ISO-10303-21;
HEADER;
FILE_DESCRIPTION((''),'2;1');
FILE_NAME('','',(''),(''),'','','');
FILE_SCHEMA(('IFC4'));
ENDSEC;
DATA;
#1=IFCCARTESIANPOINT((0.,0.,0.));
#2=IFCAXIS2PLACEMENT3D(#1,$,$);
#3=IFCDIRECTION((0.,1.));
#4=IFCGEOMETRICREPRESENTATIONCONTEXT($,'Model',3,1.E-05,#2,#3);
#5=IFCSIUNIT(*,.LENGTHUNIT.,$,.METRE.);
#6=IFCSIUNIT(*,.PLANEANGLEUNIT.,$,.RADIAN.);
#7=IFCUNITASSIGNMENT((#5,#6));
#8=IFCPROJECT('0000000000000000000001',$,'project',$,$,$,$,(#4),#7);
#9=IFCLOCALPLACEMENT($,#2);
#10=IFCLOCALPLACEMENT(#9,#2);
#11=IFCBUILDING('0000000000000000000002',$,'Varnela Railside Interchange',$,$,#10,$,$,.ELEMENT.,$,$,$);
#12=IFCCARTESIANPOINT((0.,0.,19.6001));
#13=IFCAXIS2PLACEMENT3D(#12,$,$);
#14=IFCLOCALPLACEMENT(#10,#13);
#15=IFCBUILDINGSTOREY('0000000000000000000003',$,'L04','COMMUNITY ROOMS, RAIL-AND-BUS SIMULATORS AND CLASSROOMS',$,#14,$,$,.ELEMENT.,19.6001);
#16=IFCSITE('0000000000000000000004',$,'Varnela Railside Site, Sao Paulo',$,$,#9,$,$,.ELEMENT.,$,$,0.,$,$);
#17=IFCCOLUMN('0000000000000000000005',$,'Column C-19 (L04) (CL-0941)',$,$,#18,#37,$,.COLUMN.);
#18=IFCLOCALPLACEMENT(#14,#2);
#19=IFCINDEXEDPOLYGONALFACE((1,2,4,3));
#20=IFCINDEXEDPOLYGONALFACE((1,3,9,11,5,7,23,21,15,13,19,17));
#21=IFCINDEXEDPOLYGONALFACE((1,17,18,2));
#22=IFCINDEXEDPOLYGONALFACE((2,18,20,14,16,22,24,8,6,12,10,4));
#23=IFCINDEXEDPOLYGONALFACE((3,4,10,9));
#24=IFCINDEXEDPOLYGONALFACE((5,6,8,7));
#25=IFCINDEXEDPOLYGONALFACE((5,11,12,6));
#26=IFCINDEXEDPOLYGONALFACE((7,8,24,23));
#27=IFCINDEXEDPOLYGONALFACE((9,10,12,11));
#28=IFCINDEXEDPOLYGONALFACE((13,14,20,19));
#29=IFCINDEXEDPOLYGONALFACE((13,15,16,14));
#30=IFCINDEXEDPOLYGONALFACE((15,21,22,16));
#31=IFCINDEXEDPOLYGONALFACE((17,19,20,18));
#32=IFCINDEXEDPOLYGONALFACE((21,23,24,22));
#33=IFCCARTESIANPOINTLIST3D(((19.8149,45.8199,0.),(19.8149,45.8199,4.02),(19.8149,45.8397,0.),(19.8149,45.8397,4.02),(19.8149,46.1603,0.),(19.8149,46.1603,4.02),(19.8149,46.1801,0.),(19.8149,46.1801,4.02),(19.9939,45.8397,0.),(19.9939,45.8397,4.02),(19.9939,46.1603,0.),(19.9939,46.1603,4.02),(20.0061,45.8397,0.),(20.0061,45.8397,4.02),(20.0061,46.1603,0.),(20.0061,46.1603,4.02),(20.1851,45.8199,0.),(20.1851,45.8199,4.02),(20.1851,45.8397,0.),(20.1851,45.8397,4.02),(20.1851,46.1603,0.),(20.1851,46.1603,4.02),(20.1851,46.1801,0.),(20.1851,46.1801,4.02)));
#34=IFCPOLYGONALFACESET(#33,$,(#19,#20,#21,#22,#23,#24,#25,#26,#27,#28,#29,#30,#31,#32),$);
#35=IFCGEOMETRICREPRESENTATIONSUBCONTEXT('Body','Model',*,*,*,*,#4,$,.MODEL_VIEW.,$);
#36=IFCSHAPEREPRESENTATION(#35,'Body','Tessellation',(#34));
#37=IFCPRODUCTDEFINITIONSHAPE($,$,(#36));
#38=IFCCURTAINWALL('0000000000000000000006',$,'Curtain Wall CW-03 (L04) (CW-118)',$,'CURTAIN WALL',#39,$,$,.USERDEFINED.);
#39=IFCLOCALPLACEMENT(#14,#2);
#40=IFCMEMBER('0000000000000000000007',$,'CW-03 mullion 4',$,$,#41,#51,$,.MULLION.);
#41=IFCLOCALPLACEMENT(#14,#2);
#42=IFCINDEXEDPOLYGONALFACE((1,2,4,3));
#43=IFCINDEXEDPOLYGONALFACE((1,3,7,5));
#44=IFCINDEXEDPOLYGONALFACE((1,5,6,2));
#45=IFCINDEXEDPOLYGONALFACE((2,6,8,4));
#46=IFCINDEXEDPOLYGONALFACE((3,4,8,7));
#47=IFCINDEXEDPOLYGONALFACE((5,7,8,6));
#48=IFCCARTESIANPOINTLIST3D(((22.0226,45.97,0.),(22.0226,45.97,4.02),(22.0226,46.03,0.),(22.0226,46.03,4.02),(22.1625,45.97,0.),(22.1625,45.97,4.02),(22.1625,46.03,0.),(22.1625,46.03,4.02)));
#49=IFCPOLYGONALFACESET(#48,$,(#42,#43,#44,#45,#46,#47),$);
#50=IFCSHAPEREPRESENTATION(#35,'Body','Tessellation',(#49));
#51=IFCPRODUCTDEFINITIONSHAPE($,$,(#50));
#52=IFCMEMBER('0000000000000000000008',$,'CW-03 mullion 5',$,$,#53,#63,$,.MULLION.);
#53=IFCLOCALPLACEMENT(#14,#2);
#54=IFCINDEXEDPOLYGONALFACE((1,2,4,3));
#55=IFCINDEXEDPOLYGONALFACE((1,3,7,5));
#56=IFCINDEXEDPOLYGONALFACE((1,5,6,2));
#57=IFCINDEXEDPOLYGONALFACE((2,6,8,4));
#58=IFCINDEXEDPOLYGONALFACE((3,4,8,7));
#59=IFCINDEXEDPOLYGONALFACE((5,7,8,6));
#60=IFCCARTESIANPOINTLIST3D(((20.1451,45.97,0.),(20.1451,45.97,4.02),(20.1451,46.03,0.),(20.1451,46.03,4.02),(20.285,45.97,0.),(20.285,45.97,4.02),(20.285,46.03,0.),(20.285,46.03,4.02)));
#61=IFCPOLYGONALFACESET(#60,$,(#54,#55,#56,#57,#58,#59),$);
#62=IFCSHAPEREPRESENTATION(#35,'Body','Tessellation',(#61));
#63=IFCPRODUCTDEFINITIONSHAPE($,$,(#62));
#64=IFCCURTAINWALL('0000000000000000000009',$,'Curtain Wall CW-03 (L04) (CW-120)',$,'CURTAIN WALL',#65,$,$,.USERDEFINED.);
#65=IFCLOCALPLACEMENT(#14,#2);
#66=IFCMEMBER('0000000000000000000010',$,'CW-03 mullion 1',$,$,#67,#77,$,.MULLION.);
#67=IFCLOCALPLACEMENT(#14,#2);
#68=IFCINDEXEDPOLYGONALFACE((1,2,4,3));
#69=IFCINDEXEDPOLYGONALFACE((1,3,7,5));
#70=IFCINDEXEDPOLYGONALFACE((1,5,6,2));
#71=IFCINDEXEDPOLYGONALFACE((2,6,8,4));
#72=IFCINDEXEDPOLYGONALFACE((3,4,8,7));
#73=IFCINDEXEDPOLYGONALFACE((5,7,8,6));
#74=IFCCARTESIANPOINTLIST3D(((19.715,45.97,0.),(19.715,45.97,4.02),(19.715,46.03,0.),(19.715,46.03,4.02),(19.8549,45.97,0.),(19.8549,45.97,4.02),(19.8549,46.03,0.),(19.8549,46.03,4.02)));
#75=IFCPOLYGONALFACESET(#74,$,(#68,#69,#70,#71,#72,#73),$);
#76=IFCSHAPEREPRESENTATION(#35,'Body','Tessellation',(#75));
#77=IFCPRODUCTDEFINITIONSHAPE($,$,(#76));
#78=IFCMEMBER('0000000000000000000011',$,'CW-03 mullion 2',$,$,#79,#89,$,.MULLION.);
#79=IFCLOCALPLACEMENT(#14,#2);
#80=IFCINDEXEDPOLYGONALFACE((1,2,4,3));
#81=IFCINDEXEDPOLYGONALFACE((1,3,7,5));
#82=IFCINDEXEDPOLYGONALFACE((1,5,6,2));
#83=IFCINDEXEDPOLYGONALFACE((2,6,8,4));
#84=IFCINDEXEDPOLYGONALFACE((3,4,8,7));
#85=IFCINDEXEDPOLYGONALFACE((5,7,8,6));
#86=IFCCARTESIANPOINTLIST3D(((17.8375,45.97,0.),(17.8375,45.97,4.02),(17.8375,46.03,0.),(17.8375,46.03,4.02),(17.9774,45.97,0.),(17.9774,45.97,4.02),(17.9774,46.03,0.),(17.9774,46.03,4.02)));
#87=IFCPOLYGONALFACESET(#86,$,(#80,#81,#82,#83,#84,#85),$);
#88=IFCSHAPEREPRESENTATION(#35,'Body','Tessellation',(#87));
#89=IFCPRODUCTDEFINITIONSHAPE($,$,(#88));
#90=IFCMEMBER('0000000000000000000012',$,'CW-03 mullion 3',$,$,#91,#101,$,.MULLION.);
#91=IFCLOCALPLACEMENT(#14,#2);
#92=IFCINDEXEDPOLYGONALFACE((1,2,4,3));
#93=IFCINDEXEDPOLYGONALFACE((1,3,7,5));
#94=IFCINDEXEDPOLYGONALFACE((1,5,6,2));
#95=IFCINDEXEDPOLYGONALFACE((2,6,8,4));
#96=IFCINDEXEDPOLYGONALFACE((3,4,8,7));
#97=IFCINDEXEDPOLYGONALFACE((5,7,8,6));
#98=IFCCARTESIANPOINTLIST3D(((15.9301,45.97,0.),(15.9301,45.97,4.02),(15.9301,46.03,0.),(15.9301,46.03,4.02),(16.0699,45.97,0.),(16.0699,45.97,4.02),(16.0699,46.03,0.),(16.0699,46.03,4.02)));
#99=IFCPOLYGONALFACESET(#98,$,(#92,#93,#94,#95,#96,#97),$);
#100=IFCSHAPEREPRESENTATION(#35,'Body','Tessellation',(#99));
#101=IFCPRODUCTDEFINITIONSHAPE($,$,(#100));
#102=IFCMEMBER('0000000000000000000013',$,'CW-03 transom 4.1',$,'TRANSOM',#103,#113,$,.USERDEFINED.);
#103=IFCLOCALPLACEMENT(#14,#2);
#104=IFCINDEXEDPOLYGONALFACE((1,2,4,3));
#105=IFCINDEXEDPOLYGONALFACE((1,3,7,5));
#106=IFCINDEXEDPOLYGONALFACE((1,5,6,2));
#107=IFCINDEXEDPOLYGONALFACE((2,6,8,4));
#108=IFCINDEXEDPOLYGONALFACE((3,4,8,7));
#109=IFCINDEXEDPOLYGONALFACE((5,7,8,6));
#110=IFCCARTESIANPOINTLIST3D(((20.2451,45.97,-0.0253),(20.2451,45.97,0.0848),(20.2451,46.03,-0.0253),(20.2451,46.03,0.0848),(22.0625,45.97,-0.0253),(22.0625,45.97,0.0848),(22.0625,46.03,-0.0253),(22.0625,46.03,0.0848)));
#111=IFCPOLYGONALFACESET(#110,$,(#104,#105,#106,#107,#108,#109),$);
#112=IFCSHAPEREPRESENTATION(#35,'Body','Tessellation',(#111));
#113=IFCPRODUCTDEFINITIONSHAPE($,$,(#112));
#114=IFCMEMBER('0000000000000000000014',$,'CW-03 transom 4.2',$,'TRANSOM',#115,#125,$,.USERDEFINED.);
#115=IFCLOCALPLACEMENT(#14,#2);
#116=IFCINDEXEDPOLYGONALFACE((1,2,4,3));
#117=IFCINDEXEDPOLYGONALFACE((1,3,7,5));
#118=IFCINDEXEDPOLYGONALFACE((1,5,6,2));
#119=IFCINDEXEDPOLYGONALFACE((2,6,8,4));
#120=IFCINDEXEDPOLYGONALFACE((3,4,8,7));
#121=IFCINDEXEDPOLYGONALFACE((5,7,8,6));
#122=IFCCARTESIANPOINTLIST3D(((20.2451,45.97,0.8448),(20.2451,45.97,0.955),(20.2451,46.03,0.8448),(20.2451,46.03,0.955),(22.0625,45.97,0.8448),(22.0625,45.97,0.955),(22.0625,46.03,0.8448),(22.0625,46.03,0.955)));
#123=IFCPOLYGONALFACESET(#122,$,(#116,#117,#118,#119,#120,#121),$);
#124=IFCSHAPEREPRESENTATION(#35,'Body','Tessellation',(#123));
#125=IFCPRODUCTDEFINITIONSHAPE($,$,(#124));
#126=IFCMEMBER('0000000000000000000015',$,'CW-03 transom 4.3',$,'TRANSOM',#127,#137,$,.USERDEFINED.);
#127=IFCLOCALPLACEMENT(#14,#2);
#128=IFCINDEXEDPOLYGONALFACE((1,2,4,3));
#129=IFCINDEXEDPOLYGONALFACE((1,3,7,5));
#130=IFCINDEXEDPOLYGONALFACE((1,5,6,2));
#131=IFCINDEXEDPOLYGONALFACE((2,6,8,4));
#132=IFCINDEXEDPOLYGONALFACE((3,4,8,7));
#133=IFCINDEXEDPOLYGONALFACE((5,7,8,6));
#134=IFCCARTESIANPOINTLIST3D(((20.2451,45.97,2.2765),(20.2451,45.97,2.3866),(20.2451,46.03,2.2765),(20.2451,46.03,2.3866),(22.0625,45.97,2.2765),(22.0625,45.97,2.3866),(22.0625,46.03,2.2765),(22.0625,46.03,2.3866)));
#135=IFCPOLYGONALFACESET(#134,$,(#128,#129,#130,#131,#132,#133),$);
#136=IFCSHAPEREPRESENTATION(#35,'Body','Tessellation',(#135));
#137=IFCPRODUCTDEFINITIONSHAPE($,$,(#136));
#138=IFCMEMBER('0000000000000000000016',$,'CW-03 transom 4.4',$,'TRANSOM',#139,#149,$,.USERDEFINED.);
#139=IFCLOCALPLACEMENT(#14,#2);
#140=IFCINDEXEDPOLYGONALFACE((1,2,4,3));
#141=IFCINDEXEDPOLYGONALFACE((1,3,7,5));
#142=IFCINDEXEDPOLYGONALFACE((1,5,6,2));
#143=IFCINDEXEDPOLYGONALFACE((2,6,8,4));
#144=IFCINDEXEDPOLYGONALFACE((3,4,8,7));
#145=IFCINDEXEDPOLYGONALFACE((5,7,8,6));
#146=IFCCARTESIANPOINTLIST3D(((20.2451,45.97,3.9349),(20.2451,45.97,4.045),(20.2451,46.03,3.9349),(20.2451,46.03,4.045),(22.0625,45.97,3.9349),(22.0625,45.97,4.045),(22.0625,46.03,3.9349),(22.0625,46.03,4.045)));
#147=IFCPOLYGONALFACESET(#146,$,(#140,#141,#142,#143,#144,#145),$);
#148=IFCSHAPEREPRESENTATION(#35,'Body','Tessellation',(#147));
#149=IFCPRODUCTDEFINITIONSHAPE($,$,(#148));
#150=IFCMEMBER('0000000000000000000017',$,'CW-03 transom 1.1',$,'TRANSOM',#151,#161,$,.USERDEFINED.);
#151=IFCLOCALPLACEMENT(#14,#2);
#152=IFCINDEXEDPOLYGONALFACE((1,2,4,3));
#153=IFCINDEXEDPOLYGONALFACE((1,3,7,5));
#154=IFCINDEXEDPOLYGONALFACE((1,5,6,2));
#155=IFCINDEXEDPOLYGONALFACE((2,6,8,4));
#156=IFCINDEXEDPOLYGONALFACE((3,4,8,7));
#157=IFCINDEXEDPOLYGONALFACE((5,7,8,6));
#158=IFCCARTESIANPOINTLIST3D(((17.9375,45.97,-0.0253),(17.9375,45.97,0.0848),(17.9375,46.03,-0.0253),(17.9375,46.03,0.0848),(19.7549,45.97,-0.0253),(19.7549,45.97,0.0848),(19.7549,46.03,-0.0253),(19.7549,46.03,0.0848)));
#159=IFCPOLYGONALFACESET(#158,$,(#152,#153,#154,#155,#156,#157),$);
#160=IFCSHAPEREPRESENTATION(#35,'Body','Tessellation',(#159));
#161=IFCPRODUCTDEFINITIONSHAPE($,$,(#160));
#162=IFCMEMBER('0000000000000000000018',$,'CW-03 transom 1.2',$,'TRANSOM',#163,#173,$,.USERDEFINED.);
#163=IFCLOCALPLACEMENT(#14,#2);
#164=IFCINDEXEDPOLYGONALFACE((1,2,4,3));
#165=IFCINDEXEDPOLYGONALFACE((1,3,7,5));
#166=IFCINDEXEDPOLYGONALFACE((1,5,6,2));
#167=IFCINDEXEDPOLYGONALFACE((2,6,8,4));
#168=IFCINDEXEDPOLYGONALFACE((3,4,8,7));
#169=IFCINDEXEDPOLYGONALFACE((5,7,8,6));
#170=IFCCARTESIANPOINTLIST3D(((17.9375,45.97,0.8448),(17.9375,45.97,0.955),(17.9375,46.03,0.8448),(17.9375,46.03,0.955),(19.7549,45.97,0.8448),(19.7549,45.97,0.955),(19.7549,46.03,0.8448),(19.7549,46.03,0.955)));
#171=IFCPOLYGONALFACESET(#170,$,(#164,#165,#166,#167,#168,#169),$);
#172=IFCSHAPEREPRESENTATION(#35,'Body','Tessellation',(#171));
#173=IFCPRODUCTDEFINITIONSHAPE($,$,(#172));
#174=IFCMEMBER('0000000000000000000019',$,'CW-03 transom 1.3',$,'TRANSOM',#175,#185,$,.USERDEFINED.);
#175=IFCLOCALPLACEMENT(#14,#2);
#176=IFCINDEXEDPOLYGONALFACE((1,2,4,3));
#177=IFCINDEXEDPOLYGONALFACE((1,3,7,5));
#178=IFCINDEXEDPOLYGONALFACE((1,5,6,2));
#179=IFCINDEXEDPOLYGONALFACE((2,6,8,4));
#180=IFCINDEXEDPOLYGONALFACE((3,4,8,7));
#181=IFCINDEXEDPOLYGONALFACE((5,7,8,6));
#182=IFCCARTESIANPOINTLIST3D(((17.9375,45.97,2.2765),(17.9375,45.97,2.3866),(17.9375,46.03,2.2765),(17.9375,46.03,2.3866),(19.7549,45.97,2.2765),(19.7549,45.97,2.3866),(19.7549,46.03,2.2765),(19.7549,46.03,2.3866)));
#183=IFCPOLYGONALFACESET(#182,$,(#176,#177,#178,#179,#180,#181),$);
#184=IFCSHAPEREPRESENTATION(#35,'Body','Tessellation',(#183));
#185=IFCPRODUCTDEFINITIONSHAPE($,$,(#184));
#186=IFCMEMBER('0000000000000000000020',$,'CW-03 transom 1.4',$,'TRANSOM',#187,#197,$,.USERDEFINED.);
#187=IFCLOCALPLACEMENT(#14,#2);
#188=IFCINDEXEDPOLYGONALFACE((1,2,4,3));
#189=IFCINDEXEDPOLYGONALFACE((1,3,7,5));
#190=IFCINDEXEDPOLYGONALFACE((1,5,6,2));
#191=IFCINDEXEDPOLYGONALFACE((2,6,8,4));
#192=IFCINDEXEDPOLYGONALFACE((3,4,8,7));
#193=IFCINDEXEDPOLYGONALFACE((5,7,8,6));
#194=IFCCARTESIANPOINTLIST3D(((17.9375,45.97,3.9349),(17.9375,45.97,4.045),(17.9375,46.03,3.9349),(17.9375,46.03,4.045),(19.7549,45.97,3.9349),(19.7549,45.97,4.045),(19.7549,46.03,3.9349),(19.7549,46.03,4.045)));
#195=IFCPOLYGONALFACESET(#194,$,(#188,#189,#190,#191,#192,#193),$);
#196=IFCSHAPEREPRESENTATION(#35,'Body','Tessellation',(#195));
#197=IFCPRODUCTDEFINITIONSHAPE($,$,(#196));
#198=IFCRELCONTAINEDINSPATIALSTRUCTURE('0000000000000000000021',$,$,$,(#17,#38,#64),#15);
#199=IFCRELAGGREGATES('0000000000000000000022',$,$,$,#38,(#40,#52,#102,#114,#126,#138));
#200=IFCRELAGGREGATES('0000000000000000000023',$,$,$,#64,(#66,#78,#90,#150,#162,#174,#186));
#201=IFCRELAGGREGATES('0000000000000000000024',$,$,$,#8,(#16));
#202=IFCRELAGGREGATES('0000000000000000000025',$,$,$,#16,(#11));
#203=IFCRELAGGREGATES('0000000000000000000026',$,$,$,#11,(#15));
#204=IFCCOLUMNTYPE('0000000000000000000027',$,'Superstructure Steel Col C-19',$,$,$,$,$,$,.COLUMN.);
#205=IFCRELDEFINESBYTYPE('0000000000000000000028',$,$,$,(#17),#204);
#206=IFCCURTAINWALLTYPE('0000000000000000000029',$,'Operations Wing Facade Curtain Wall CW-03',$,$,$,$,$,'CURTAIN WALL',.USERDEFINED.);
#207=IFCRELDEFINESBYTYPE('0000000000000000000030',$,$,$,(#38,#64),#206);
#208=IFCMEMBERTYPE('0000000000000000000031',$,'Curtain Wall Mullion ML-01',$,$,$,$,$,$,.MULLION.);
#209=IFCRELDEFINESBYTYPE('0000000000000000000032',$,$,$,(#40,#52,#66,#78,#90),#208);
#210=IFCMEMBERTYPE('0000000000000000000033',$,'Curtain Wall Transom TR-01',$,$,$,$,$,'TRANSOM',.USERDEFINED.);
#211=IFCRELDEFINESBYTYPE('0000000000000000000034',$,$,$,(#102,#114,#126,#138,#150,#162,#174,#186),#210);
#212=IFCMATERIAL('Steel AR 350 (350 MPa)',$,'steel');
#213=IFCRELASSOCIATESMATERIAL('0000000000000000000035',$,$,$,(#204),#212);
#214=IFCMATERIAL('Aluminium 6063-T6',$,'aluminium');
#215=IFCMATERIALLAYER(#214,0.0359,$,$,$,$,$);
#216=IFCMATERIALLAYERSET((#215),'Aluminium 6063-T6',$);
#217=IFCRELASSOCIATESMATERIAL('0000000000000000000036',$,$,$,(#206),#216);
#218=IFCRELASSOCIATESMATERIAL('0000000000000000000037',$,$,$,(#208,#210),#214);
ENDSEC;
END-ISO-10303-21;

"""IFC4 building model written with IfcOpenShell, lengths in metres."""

from ifc_helpers import new_model, si_unit, direction, frame, origin, origin_2d, place, context, subcontext, project, spatial, rectangle, i_section, extrude, material, layer, layer_set, material_profile, profile_set, type_object, element, aggregate, save


model = new_model("IFC4")

# Units and contexts
model_context = context("Model", 3, precision=1e-05, world=origin(), true_north=direction((0.0, 1.0)))
body_context = subcontext(model_context, "Body", "Model", "MODEL_VIEW")
ifc_project = project(units=[si_unit("LENGTHUNIT", "METRE"), si_unit("PLANEANGLEUNIT", "RADIAN")], contexts=[model_context])

# Site, building, storey
site_placement = place(None, origin())
site = spatial("IfcSite", under=ifc_project, at=site_placement, Name="Varnela Railside Site, Sao Paulo", CompositionType="ELEMENT", RefElevation=0.0)
building_placement = place(site_placement, origin())
building = spatial("IfcBuilding", under=site, at=building_placement, Name="Varnela Railside Interchange", CompositionType="ELEMENT")
storey_placement = place(building_placement, frame((0.0, 0.0, 19.6001)))
storey = spatial("IfcBuildingStorey", under=building, at=storey_placement, Name="L04", Description="COMMUNITY ROOMS, RAIL-AND-BUS SIMULATORS AND CLASSROOMS", CompositionType="ELEMENT", Elevation=19.6001)

# Column
ifc_material_1 = material(Name="Steel AR 350 (350 MPa)", Category="steel")
ifc_material_profile_1 = material_profile(ifc_material_1, i_section(OverallWidth=0.3701, OverallDepth=0.3601, WebThickness=0.0122, FlangeThickness=0.0198, at=origin_2d()), Name="W360x147")
ifc_profile_set_1 = profile_set([ifc_material_profile_1], Name="Steel AR 350 (350 MPa)")
column_type = type_object("IfcColumnType", Name="Superstructure Steel Col C-19", PredefinedType="COLUMN", material=ifc_profile_set_1)
column_placement = place(storey_placement, frame((20.0, 46.0, 0.0), z_axis=(0.0, 0.0, 1.0), x_axis=(1.0, 0.0, 0.0)))
element("IfcColumn", 1, at=column_placement, inside=storey, type_object=column_type, Name="Column C-19 (L04) (CL-0941)", PredefinedType="COLUMN", context=body_context, shape_type="SweptSolid", body=[
    extrude(i_section(OverallWidth=0.3701, OverallDepth=0.3601, WebThickness=0.0122, FlangeThickness=0.0198, at=origin_2d()), origin(), (0.0, 0.0, 1.0), 4.02),
])

# Curtain walls, members
ifc_material_2 = material(Name="Aluminium 6063-T6", Category="aluminium")
ifc_layer_1 = layer(ifc_material_2, 0.0359)
ifc_layer_set_1 = layer_set([ifc_layer_1], Name="Aluminium 6063-T6")
curtain_wall_type = type_object("IfcCurtainWallType", Name="Operations Wing Facade Curtain Wall CW-03", ElementType="CURTAIN WALL", PredefinedType="USERDEFINED", material=ifc_layer_set_1)
curtain_wall_1_placement = place(storey_placement, origin())
curtain_wall_1 = element("IfcCurtainWall", 2, at=curtain_wall_1_placement, inside=storey, type_object=curtain_wall_type, Name="Curtain Wall CW-03 (L04) (CW-118)", ObjectType="CURTAIN WALL", PredefinedType="USERDEFINED")
ifc_material_profile_2 = material_profile(ifc_material_2, rectangle(XDim=0.0601, YDim=0.1399, at=origin_2d()), Name="ALU 60x140")
ifc_profile_set_2 = profile_set([ifc_material_profile_2], Name="Aluminium 6063-T6")
member_type_1 = type_object("IfcMemberType", Name="Curtain Wall Mullion ML-01", PredefinedType="MULLION", material=ifc_profile_set_2)
member_1_placement = place(storey_placement, frame((22.0925, 46.0, 0.0), z_axis=(0.0, 0.0, 1.0), x_axis=(0.0, -1.0, 0.0)))
member_1 = element("IfcMember", 3, at=member_1_placement, type_object=member_type_1, Name="CW-03 mullion 4", PredefinedType="MULLION", context=body_context, shape_type="SweptSolid", body=[
    extrude(rectangle(XDim=0.0601, YDim=0.1399, at=origin_2d()), origin(), (0.0, 0.0, 1.0), 4.02),
])
member_2_placement = place(storey_placement, frame((20.2151, 46.0, 0.0), z_axis=(0.0, 0.0, 1.0), x_axis=(0.0, -1.0, 0.0)))
member_2 = element("IfcMember", 4, at=member_2_placement, type_object=member_type_1, Name="CW-03 mullion 5", PredefinedType="MULLION", context=body_context, shape_type="SweptSolid", body=[
    extrude(rectangle(XDim=0.0601, YDim=0.1399, at=origin_2d()), origin(), (0.0, 0.0, 1.0), 4.02),
])
curtain_wall_2_placement = place(storey_placement, origin())
curtain_wall_2 = element("IfcCurtainWall", 5, at=curtain_wall_2_placement, inside=storey, type_object=curtain_wall_type, Name="Curtain Wall CW-03 (L04) (CW-120)", ObjectType="CURTAIN WALL", PredefinedType="USERDEFINED")
member_3_placement = place(storey_placement, frame((19.7849, 46.0, 0.0), z_axis=(0.0, 0.0, 1.0), x_axis=(0.0, -1.0, 0.0)))
member_3 = element("IfcMember", 6, at=member_3_placement, type_object=member_type_1, Name="CW-03 mullion 1", PredefinedType="MULLION", context=body_context, shape_type="SweptSolid", body=[
    extrude(rectangle(XDim=0.0601, YDim=0.1399, at=origin_2d()), origin(), (0.0, 0.0, 1.0), 4.02),
])
member_4_placement = place(storey_placement, frame((17.9075, 46.0, 0.0), z_axis=(0.0, 0.0, 1.0), x_axis=(0.0, -1.0, 0.0)))
member_4 = element("IfcMember", 7, at=member_4_placement, type_object=member_type_1, Name="CW-03 mullion 2", PredefinedType="MULLION", context=body_context, shape_type="SweptSolid", body=[
    extrude(rectangle(XDim=0.0601, YDim=0.1399, at=origin_2d()), origin(), (0.0, 0.0, 1.0), 4.02),
])
member_5_placement = place(storey_placement, frame((16.0, 46.0, 0.0), z_axis=(0.0, 0.0, 1.0), x_axis=(0.0, -1.0, 0.0)))
member_5 = element("IfcMember", 8, at=member_5_placement, type_object=member_type_1, Name="CW-03 mullion 3", PredefinedType="MULLION", context=body_context, shape_type="SweptSolid", body=[
    extrude(rectangle(XDim=0.0601, YDim=0.1399, at=origin_2d()), origin(), (0.0, 0.0, 1.0), 4.02),
])

# Members
ifc_material_profile_3 = material_profile(ifc_material_2, rectangle(XDim=0.0601, YDim=0.1101, at=origin_2d()), Name="ALU 60x110")
ifc_profile_set_3 = profile_set([ifc_material_profile_3], Name="Aluminium 6063-T6")
member_type_2 = type_object("IfcMemberType", Name="Curtain Wall Transom TR-01", ElementType="TRANSOM", PredefinedType="USERDEFINED", material=ifc_profile_set_3)
member_6_placement = place(storey_placement, frame((22.0625, 46.0, 0.0298), z_axis=(-1.0, 0.0, 0.0), x_axis=(0.0, -1.0, 0.0)))
member_6 = element("IfcMember", 9, at=member_6_placement, type_object=member_type_2, Name="CW-03 transom 4.1", ObjectType="TRANSOM", PredefinedType="USERDEFINED", context=body_context, shape_type="SweptSolid", body=[
    extrude(rectangle(XDim=0.0601, YDim=0.1101, at=origin_2d()), origin(), (0.0, 0.0, 1.0), 1.8174),
])
member_7_placement = place(storey_placement, frame((22.0625, 46.0, 0.8999), z_axis=(-1.0, 0.0, 0.0), x_axis=(0.0, -1.0, 0.0)))
member_7 = element("IfcMember", 10, at=member_7_placement, type_object=member_type_2, Name="CW-03 transom 4.2", ObjectType="TRANSOM", PredefinedType="USERDEFINED", context=body_context, shape_type="SweptSolid", body=[
    extrude(rectangle(XDim=0.0601, YDim=0.1101, at=origin_2d()), origin(), (0.0, 0.0, 1.0), 1.8174),
])
member_8_placement = place(storey_placement, frame((22.0625, 46.0, 2.3315), z_axis=(-1.0, 0.0, 0.0), x_axis=(0.0, -1.0, 0.0)))
member_8 = element("IfcMember", 11, at=member_8_placement, type_object=member_type_2, Name="CW-03 transom 4.3", ObjectType="TRANSOM", PredefinedType="USERDEFINED", context=body_context, shape_type="SweptSolid", body=[
    extrude(rectangle(XDim=0.0601, YDim=0.1101, at=origin_2d()), origin(), (0.0, 0.0, 1.0), 1.8174),
])
member_9_placement = place(storey_placement, frame((22.0625, 46.0, 3.99), z_axis=(-1.0, 0.0, 0.0), x_axis=(0.0, -1.0, 0.0)))
member_9 = element("IfcMember", 12, at=member_9_placement, type_object=member_type_2, Name="CW-03 transom 4.4", ObjectType="TRANSOM", PredefinedType="USERDEFINED", context=body_context, shape_type="SweptSolid", body=[
    extrude(rectangle(XDim=0.0601, YDim=0.1101, at=origin_2d()), origin(), (0.0, 0.0, 1.0), 1.8174),
])
member_10_placement = place(storey_placement, frame((19.7549, 46.0, 0.0298), z_axis=(-1.0, 0.0, 0.0), x_axis=(0.0, -1.0, 0.0)))
member_10 = element("IfcMember", 13, at=member_10_placement, type_object=member_type_2, Name="CW-03 transom 1.1", ObjectType="TRANSOM", PredefinedType="USERDEFINED", context=body_context, shape_type="SweptSolid", body=[
    extrude(rectangle(XDim=0.0601, YDim=0.1101, at=origin_2d()), origin(), (0.0, 0.0, 1.0), 1.8174),
])
member_11_placement = place(storey_placement, frame((19.7549, 46.0, 0.8999), z_axis=(-1.0, 0.0, 0.0), x_axis=(0.0, -1.0, 0.0)))
member_11 = element("IfcMember", 14, at=member_11_placement, type_object=member_type_2, Name="CW-03 transom 1.2", ObjectType="TRANSOM", PredefinedType="USERDEFINED", context=body_context, shape_type="SweptSolid", body=[
    extrude(rectangle(XDim=0.0601, YDim=0.1101, at=origin_2d()), origin(), (0.0, 0.0, 1.0), 1.8174),
])
member_12_placement = place(storey_placement, frame((19.7549, 46.0, 2.3315), z_axis=(-1.0, 0.0, 0.0), x_axis=(0.0, -1.0, 0.0)))
member_12 = element("IfcMember", 15, at=member_12_placement, type_object=member_type_2, Name="CW-03 transom 1.3", ObjectType="TRANSOM", PredefinedType="USERDEFINED", context=body_context, shape_type="SweptSolid", body=[
    extrude(rectangle(XDim=0.0601, YDim=0.1101, at=origin_2d()), origin(), (0.0, 0.0, 1.0), 1.8174),
])
member_13_placement = place(storey_placement, frame((19.7549, 46.0, 3.99), z_axis=(-1.0, 0.0, 0.0), x_axis=(0.0, -1.0, 0.0)))
member_13 = element("IfcMember", 16, at=member_13_placement, type_object=member_type_2, Name="CW-03 transom 1.4", ObjectType="TRANSOM", PredefinedType="USERDEFINED", context=body_context, shape_type="SweptSolid", body=[
    extrude(rectangle(XDim=0.0601, YDim=0.1101, at=origin_2d()), origin(), (0.0, 0.0, 1.0), 1.8174),
])

aggregate(curtain_wall_1, [member_1, member_2, member_6, member_7, member_8, member_9])
aggregate(curtain_wall_2, [member_3, member_4, member_5, member_10, member_11, member_12, member_13])

save(model, "model.ifc")
